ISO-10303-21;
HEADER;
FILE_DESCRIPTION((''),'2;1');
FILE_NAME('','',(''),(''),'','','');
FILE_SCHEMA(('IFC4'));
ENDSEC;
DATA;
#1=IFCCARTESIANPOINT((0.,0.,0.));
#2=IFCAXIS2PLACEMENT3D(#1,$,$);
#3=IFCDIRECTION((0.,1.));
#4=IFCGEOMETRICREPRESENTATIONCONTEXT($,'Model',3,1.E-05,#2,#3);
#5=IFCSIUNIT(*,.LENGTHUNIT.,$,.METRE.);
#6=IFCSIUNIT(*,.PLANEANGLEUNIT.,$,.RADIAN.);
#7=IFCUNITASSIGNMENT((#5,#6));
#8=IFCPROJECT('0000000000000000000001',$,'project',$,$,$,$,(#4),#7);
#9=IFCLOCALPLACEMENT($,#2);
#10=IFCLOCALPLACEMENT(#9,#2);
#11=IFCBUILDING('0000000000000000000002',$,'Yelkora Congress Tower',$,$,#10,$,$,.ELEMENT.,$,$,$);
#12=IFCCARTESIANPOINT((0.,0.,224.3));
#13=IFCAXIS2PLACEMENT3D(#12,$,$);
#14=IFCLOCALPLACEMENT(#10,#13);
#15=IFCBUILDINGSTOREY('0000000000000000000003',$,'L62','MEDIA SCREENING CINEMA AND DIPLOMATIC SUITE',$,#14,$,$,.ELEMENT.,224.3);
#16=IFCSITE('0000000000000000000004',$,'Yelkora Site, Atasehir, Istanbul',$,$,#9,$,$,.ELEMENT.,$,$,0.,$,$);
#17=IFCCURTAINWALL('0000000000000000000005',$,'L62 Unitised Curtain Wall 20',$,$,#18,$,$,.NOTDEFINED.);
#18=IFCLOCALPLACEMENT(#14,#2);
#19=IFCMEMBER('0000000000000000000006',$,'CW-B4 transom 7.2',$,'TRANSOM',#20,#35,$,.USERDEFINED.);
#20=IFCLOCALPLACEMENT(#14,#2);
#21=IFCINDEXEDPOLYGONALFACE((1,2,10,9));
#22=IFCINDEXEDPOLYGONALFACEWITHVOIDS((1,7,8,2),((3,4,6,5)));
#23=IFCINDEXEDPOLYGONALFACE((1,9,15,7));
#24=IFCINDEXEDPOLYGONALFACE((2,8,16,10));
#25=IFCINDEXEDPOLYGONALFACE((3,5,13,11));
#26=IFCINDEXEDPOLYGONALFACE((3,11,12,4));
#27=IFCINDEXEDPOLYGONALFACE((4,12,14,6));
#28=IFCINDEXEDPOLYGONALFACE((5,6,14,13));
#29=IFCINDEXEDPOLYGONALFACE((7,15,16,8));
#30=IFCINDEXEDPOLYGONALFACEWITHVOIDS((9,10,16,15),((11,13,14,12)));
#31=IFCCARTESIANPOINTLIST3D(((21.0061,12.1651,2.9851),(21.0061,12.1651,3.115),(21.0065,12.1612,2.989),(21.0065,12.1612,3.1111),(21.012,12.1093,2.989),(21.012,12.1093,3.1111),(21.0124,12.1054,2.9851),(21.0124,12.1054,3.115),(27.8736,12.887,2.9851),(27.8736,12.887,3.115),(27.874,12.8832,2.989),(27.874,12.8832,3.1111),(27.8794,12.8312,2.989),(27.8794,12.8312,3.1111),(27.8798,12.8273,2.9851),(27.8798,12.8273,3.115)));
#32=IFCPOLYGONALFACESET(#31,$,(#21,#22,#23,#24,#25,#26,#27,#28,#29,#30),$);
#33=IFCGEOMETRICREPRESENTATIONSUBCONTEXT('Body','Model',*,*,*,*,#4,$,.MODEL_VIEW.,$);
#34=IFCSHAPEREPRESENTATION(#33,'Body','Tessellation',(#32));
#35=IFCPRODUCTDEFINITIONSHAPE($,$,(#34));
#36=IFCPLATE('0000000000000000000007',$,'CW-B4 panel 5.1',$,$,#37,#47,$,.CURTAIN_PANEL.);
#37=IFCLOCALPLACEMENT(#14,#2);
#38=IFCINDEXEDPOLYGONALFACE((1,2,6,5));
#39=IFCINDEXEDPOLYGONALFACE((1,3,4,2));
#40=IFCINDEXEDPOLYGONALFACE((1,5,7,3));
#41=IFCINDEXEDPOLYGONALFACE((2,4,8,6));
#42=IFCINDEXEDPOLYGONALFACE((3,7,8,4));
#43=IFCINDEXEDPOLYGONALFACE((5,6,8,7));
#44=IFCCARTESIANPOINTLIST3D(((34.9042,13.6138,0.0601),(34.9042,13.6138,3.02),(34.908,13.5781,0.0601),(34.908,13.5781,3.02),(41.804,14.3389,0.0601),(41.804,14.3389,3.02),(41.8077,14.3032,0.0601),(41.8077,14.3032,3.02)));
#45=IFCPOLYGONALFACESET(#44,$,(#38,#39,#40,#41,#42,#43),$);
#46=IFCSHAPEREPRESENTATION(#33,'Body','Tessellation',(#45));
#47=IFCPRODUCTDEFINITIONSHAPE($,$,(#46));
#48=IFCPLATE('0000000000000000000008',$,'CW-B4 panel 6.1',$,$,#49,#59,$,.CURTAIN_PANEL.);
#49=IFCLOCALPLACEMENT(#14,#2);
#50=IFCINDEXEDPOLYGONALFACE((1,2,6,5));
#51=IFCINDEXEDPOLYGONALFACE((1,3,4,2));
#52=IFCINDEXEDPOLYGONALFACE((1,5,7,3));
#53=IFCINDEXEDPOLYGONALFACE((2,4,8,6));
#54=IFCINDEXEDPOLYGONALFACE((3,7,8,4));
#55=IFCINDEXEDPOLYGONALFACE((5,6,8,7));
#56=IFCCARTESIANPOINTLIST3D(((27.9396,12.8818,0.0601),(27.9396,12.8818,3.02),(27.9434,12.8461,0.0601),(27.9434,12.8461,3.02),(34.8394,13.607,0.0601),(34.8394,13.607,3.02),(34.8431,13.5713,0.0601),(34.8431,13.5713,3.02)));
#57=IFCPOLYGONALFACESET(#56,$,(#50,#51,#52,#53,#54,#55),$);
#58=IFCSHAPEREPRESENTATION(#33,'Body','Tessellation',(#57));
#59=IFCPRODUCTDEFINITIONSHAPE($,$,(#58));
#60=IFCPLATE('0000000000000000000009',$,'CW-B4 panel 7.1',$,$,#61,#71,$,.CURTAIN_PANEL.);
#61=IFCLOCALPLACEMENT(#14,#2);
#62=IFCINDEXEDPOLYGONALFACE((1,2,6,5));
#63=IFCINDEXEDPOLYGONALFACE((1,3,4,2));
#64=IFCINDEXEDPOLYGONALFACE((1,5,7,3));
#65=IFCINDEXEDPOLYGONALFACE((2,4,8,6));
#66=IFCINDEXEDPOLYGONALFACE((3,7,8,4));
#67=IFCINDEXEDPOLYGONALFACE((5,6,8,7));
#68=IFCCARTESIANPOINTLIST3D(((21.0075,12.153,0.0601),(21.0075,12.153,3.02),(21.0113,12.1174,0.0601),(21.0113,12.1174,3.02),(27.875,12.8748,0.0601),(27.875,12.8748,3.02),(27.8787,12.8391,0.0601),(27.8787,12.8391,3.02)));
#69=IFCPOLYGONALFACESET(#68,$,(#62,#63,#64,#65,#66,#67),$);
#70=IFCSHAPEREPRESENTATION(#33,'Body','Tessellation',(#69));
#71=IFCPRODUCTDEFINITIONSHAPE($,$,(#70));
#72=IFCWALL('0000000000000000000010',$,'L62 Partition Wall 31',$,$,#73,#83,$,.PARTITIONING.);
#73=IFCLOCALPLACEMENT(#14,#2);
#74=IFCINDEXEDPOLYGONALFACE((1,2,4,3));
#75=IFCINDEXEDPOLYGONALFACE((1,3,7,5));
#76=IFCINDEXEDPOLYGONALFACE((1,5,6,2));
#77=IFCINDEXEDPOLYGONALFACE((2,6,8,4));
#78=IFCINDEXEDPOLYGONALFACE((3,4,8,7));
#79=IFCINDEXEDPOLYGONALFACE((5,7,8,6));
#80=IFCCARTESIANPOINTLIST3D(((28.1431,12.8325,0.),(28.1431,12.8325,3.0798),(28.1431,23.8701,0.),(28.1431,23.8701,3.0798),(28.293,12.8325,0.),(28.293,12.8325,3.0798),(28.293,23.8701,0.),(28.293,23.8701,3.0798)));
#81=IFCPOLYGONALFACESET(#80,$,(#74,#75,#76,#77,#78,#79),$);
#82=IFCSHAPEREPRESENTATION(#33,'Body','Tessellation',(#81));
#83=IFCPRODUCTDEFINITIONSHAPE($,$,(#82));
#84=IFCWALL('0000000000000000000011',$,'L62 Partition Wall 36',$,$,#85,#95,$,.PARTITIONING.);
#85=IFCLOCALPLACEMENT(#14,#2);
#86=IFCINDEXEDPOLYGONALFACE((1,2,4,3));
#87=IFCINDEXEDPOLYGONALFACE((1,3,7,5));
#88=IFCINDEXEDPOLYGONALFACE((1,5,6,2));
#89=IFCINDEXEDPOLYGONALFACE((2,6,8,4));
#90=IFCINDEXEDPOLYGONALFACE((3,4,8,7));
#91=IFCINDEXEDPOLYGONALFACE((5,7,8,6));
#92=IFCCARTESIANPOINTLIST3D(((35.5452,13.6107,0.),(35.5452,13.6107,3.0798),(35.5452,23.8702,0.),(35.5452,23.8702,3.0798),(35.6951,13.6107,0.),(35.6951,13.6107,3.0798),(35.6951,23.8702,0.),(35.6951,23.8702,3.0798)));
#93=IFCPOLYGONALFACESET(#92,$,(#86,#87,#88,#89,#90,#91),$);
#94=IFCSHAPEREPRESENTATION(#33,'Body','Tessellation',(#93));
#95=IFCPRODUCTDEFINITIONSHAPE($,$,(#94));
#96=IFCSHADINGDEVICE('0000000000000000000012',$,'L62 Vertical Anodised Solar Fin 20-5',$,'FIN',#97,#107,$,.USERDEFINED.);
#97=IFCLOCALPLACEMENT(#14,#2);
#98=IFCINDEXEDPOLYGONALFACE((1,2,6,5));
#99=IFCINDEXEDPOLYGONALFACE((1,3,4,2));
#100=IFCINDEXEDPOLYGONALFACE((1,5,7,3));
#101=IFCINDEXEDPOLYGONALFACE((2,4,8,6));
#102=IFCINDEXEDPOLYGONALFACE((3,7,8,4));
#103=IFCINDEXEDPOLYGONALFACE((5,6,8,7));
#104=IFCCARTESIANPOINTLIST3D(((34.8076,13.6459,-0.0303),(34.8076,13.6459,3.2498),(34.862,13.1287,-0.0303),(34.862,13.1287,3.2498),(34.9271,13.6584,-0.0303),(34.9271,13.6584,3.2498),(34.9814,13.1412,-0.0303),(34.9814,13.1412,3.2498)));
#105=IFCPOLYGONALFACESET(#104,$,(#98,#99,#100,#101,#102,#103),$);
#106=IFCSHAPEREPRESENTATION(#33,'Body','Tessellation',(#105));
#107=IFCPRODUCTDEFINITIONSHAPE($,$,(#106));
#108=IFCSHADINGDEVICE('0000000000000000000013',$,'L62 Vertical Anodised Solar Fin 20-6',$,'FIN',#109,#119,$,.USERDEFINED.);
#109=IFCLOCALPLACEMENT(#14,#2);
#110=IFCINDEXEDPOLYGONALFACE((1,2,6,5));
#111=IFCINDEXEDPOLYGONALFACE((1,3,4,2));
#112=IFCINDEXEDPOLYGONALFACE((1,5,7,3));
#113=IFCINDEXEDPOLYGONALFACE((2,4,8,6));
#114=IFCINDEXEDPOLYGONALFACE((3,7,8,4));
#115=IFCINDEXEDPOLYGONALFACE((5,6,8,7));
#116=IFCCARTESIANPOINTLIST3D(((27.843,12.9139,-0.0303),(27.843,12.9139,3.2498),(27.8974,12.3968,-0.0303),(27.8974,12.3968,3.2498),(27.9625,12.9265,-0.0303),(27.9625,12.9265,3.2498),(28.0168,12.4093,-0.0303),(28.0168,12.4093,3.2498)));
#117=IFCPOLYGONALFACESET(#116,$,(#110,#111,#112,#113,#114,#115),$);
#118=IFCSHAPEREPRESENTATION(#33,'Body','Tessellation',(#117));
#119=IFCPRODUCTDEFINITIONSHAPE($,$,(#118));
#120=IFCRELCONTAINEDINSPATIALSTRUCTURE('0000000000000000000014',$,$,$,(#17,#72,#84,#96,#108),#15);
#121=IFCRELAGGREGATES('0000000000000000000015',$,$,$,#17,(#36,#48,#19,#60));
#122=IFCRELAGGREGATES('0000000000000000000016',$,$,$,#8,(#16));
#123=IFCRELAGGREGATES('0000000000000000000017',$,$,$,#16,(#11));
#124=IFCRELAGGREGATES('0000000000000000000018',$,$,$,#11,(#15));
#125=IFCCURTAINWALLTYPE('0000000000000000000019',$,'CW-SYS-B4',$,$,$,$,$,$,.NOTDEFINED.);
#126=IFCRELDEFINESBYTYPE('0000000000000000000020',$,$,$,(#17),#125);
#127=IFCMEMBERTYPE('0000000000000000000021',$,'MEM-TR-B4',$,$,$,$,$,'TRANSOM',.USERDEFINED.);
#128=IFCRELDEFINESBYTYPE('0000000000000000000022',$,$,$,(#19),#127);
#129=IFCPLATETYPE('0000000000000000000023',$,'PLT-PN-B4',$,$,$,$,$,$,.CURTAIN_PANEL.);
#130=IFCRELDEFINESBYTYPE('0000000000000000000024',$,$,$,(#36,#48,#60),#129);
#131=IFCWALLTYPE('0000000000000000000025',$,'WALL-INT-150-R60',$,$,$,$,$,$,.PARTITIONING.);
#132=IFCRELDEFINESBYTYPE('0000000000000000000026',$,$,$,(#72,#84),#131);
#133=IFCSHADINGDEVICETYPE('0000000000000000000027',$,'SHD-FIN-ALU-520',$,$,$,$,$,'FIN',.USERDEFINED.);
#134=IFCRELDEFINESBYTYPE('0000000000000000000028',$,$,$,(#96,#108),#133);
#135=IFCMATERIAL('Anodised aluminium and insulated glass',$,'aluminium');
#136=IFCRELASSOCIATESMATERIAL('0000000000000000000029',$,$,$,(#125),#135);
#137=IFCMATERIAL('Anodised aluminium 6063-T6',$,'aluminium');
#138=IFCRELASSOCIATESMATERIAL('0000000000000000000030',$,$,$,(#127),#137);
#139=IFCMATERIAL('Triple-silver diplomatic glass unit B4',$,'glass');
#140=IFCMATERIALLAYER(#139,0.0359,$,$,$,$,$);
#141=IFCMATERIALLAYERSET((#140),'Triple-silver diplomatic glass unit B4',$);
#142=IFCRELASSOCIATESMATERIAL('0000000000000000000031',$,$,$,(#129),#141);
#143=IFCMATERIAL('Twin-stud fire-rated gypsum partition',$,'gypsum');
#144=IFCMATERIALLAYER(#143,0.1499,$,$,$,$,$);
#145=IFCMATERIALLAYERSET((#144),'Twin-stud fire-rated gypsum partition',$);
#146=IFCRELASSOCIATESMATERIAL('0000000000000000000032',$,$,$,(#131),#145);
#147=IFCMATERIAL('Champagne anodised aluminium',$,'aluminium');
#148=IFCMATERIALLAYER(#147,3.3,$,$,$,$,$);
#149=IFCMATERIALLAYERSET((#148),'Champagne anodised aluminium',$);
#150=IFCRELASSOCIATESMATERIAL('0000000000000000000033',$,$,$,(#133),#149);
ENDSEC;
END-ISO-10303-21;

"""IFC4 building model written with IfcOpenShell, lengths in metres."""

from ifc_helpers import new_model, si_unit, direction, frame, frame_2d, origin, origin_2d, place, context, subcontext, project, spatial, rectangle, hollow_rectangle, extrude, material, layer, layer_set, material_profile, profile_set, type_object, element, aggregate, save


model = new_model("IFC4")

# Units and contexts
model_context = context("Model", 3, precision=1e-05, world=origin(), true_north=direction((0.0, 1.0)))
body_context = subcontext(model_context, "Body", "Model", "MODEL_VIEW")
ifc_project = project(units=[si_unit("LENGTHUNIT", "METRE"), si_unit("PLANEANGLEUNIT", "RADIAN")], contexts=[model_context])

# Site, building, storey
site_placement = place(None, origin())
site = spatial("IfcSite", under=ifc_project, at=site_placement, Name="Yelkora Site, Atasehir, Istanbul", CompositionType="ELEMENT", RefElevation=0.0)
building_placement = place(site_placement, origin())
building = spatial("IfcBuilding", under=site, at=building_placement, Name="Yelkora Congress Tower", CompositionType="ELEMENT")
storey_placement = place(building_placement, frame((0.0, 0.0, 224.3)))
storey = spatial("IfcBuildingStorey", under=building, at=storey_placement, Name="L62", Description="MEDIA SCREENING CINEMA AND DIPLOMATIC SUITE", CompositionType="ELEMENT", Elevation=224.3)

# Curtain wall, member, plates
ifc_material_1 = material(Name="Anodised aluminium and insulated glass", Category="aluminium")
curtain_wall_type = type_object("IfcCurtainWallType", Name="CW-SYS-B4", PredefinedType="NOTDEFINED", material=ifc_material_1)
curtain_wall_placement = place(storey_placement, origin())
curtain_wall = element("IfcCurtainWall", 1, at=curtain_wall_placement, inside=storey, type_object=curtain_wall_type, Name="L62 Unitised Curtain Wall 20", PredefinedType="NOTDEFINED")
ifc_material_2 = material(Name="Anodised aluminium 6063-T6", Category="aluminium")
ifc_material_profile_1 = material_profile(ifc_material_2, hollow_rectangle(XDim=0.0601, YDim=0.1299, WallThickness=0.0039, at=origin_2d()), Name="ALU 60x130x4")
ifc_profile_set_1 = profile_set([ifc_material_profile_1], Name="Anodised aluminium 6063-T6")
member_type_1 = type_object("IfcMemberType", Name="MEM-TR-B4", ElementType="TRANSOM", PredefinedType="USERDEFINED", material=ifc_profile_set_1)
member_1_placement = place(storey_placement, frame((27.8767, 12.8572, 3.05), z_axis=(-0.99452, -0.104547, 0.0), x_axis=(0.104547, -0.99452, 0.0)))
member_1 = element("IfcMember", 2, at=member_1_placement, type_object=member_type_1, Name="CW-B4 transom 7.2", ObjectType="TRANSOM", PredefinedType="USERDEFINED", context=body_context, shape_type="SweptSolid", body=[
    extrude(hollow_rectangle(XDim=0.0601, YDim=0.1299, WallThickness=0.0039, at=origin_2d()), origin(), (0.0, 0.0, 1.0), 6.9053),
])
ifc_material_3 = material(Name="Triple-silver diplomatic glass unit B4", Category="glass")
ifc_layer_1 = layer(ifc_material_3, 0.0359)
ifc_layer_set_1 = layer_set([ifc_layer_1], Name="Triple-silver diplomatic glass unit B4")
plate_type = type_object("IfcPlateType", Name="PLT-PN-B4", PredefinedType="CURTAIN_PANEL", material=ifc_layer_set_1)
plate_1_placement = place(storey_placement, frame((38.356, 13.9585, 0.0601), z_axis=(0.0, 0.0, 1.0), x_axis=(-0.994522, -0.104527, 0.0)))
plate_1 = element("IfcPlate", 3, at=plate_1_placement, type_object=plate_type, Name="CW-B4 panel 5.1", PredefinedType="CURTAIN_PANEL", context=body_context, shape_type="SweptSolid", body=[
    extrude(rectangle(XDim=6.9377, YDim=0.0359, at=origin_2d()), origin(), (0.0, 0.0, 1.0), 2.96),
])
plate_2_placement = place(storey_placement, frame((31.3914, 13.2266, 0.0601), z_axis=(0.0, 0.0, 1.0), x_axis=(-0.994522, -0.104527, 0.0)))
plate_2 = element("IfcPlate", 4, at=plate_2_placement, type_object=plate_type, Name="CW-B4 panel 6.1", PredefinedType="CURTAIN_PANEL", context=body_context, shape_type="SweptSolid", body=[
    extrude(rectangle(XDim=6.9377, YDim=0.0359, at=origin_2d()), origin(), (0.0, 0.0, 1.0), 2.96),
])
plate_3_placement = place(storey_placement, frame((24.4431, 12.4961, 0.0601), z_axis=(0.0, 0.0, 1.0), x_axis=(-0.994522, -0.104527, 0.0)))
plate_3 = element("IfcPlate", 5, at=plate_3_placement, type_object=plate_type, Name="CW-B4 panel 7.1", PredefinedType="CURTAIN_PANEL", context=body_context, shape_type="SweptSolid", body=[
    extrude(rectangle(XDim=6.9053, YDim=0.0359, at=origin_2d()), origin(), (0.0, 0.0, 1.0), 2.96),
])
aggregate(curtain_wall, [plate_1, plate_2, member_1, plate_3])

# Walls
ifc_material_4 = material(Name="Twin-stud fire-rated gypsum partition", Category="gypsum")
ifc_layer_2 = layer(ifc_material_4, 0.1499)
ifc_layer_set_2 = layer_set([ifc_layer_2], Name="Twin-stud fire-rated gypsum partition")
wall_type = type_object("IfcWallType", Name="WALL-INT-150-R60", PredefinedType="PARTITIONING", material=ifc_layer_set_2)
wall_1_placement = place(storey_placement, frame((28.218, 12.8325, 0.0), z_axis=(0.0, 0.0, 1.0), x_axis=(0.0, 1.0, 0.0)))
element("IfcWall", 6, at=wall_1_placement, inside=storey, type_object=wall_type, Name="L62 Partition Wall 31", PredefinedType="PARTITIONING", context=body_context, shape_type="SweptSolid", body=[
    extrude(rectangle(XDim=11.0376, YDim=0.1499, at=frame_2d((5.5188, 0.0))), origin(), (0.0, 0.0, 1.0), 3.0798),
])
wall_2_placement = place(storey_placement, frame((35.6201, 13.6106, 0.0), z_axis=(0.0, 0.0, 1.0), x_axis=(0.0, 1.0, 0.0)))
element("IfcWall", 7, at=wall_2_placement, inside=storey, type_object=wall_type, Name="L62 Partition Wall 36", PredefinedType="PARTITIONING", context=body_context, shape_type="SweptSolid", body=[
    extrude(rectangle(XDim=10.2595, YDim=0.1499, at=frame_2d((5.1299, 0.0))), origin(), (0.0, 0.0, 1.0), 3.0798),
])

# Shading devices
ifc_material_5 = material(Name="Champagne anodised aluminium", Category="aluminium")
ifc_layer_3 = layer(ifc_material_5, 3.3)
ifc_layer_set_3 = layer_set([ifc_layer_3], Name="Champagne anodised aluminium")
shading_device_type = type_object("IfcShadingDeviceType", Name="SHD-FIN-ALU-520", ElementType="FIN", PredefinedType="USERDEFINED", material=ifc_layer_set_3)
for number, where, z_axis, x_axis, name in (
    (8, (34.8945, 13.3936, -0.0303), (0.0, 0.0, 1.0), (-0.994522, -0.104528, 0.0), "L62 Vertical Anodised Solar Fin 20-5"),
    (9, (27.9299, 12.6616, -0.0303), (0.0, 0.0, 1.0), (-0.994522, -0.104528, 0.0), "L62 Vertical Anodised Solar Fin 20-6"),
):
    element("IfcShadingDevice", number, at=place(storey_placement, frame(where, z_axis=z_axis, x_axis=x_axis)), inside=storey, type_object=shading_device_type, Name=name, ObjectType="FIN", PredefinedType="USERDEFINED", context=body_context, shape_type="SweptSolid", body=[
        extrude(rectangle(XDim=0.1201, YDim=0.52, at=origin_2d()), origin(), (0.0, 0.0, 1.0), 3.28),
    ])

save(model, "model.ifc")
